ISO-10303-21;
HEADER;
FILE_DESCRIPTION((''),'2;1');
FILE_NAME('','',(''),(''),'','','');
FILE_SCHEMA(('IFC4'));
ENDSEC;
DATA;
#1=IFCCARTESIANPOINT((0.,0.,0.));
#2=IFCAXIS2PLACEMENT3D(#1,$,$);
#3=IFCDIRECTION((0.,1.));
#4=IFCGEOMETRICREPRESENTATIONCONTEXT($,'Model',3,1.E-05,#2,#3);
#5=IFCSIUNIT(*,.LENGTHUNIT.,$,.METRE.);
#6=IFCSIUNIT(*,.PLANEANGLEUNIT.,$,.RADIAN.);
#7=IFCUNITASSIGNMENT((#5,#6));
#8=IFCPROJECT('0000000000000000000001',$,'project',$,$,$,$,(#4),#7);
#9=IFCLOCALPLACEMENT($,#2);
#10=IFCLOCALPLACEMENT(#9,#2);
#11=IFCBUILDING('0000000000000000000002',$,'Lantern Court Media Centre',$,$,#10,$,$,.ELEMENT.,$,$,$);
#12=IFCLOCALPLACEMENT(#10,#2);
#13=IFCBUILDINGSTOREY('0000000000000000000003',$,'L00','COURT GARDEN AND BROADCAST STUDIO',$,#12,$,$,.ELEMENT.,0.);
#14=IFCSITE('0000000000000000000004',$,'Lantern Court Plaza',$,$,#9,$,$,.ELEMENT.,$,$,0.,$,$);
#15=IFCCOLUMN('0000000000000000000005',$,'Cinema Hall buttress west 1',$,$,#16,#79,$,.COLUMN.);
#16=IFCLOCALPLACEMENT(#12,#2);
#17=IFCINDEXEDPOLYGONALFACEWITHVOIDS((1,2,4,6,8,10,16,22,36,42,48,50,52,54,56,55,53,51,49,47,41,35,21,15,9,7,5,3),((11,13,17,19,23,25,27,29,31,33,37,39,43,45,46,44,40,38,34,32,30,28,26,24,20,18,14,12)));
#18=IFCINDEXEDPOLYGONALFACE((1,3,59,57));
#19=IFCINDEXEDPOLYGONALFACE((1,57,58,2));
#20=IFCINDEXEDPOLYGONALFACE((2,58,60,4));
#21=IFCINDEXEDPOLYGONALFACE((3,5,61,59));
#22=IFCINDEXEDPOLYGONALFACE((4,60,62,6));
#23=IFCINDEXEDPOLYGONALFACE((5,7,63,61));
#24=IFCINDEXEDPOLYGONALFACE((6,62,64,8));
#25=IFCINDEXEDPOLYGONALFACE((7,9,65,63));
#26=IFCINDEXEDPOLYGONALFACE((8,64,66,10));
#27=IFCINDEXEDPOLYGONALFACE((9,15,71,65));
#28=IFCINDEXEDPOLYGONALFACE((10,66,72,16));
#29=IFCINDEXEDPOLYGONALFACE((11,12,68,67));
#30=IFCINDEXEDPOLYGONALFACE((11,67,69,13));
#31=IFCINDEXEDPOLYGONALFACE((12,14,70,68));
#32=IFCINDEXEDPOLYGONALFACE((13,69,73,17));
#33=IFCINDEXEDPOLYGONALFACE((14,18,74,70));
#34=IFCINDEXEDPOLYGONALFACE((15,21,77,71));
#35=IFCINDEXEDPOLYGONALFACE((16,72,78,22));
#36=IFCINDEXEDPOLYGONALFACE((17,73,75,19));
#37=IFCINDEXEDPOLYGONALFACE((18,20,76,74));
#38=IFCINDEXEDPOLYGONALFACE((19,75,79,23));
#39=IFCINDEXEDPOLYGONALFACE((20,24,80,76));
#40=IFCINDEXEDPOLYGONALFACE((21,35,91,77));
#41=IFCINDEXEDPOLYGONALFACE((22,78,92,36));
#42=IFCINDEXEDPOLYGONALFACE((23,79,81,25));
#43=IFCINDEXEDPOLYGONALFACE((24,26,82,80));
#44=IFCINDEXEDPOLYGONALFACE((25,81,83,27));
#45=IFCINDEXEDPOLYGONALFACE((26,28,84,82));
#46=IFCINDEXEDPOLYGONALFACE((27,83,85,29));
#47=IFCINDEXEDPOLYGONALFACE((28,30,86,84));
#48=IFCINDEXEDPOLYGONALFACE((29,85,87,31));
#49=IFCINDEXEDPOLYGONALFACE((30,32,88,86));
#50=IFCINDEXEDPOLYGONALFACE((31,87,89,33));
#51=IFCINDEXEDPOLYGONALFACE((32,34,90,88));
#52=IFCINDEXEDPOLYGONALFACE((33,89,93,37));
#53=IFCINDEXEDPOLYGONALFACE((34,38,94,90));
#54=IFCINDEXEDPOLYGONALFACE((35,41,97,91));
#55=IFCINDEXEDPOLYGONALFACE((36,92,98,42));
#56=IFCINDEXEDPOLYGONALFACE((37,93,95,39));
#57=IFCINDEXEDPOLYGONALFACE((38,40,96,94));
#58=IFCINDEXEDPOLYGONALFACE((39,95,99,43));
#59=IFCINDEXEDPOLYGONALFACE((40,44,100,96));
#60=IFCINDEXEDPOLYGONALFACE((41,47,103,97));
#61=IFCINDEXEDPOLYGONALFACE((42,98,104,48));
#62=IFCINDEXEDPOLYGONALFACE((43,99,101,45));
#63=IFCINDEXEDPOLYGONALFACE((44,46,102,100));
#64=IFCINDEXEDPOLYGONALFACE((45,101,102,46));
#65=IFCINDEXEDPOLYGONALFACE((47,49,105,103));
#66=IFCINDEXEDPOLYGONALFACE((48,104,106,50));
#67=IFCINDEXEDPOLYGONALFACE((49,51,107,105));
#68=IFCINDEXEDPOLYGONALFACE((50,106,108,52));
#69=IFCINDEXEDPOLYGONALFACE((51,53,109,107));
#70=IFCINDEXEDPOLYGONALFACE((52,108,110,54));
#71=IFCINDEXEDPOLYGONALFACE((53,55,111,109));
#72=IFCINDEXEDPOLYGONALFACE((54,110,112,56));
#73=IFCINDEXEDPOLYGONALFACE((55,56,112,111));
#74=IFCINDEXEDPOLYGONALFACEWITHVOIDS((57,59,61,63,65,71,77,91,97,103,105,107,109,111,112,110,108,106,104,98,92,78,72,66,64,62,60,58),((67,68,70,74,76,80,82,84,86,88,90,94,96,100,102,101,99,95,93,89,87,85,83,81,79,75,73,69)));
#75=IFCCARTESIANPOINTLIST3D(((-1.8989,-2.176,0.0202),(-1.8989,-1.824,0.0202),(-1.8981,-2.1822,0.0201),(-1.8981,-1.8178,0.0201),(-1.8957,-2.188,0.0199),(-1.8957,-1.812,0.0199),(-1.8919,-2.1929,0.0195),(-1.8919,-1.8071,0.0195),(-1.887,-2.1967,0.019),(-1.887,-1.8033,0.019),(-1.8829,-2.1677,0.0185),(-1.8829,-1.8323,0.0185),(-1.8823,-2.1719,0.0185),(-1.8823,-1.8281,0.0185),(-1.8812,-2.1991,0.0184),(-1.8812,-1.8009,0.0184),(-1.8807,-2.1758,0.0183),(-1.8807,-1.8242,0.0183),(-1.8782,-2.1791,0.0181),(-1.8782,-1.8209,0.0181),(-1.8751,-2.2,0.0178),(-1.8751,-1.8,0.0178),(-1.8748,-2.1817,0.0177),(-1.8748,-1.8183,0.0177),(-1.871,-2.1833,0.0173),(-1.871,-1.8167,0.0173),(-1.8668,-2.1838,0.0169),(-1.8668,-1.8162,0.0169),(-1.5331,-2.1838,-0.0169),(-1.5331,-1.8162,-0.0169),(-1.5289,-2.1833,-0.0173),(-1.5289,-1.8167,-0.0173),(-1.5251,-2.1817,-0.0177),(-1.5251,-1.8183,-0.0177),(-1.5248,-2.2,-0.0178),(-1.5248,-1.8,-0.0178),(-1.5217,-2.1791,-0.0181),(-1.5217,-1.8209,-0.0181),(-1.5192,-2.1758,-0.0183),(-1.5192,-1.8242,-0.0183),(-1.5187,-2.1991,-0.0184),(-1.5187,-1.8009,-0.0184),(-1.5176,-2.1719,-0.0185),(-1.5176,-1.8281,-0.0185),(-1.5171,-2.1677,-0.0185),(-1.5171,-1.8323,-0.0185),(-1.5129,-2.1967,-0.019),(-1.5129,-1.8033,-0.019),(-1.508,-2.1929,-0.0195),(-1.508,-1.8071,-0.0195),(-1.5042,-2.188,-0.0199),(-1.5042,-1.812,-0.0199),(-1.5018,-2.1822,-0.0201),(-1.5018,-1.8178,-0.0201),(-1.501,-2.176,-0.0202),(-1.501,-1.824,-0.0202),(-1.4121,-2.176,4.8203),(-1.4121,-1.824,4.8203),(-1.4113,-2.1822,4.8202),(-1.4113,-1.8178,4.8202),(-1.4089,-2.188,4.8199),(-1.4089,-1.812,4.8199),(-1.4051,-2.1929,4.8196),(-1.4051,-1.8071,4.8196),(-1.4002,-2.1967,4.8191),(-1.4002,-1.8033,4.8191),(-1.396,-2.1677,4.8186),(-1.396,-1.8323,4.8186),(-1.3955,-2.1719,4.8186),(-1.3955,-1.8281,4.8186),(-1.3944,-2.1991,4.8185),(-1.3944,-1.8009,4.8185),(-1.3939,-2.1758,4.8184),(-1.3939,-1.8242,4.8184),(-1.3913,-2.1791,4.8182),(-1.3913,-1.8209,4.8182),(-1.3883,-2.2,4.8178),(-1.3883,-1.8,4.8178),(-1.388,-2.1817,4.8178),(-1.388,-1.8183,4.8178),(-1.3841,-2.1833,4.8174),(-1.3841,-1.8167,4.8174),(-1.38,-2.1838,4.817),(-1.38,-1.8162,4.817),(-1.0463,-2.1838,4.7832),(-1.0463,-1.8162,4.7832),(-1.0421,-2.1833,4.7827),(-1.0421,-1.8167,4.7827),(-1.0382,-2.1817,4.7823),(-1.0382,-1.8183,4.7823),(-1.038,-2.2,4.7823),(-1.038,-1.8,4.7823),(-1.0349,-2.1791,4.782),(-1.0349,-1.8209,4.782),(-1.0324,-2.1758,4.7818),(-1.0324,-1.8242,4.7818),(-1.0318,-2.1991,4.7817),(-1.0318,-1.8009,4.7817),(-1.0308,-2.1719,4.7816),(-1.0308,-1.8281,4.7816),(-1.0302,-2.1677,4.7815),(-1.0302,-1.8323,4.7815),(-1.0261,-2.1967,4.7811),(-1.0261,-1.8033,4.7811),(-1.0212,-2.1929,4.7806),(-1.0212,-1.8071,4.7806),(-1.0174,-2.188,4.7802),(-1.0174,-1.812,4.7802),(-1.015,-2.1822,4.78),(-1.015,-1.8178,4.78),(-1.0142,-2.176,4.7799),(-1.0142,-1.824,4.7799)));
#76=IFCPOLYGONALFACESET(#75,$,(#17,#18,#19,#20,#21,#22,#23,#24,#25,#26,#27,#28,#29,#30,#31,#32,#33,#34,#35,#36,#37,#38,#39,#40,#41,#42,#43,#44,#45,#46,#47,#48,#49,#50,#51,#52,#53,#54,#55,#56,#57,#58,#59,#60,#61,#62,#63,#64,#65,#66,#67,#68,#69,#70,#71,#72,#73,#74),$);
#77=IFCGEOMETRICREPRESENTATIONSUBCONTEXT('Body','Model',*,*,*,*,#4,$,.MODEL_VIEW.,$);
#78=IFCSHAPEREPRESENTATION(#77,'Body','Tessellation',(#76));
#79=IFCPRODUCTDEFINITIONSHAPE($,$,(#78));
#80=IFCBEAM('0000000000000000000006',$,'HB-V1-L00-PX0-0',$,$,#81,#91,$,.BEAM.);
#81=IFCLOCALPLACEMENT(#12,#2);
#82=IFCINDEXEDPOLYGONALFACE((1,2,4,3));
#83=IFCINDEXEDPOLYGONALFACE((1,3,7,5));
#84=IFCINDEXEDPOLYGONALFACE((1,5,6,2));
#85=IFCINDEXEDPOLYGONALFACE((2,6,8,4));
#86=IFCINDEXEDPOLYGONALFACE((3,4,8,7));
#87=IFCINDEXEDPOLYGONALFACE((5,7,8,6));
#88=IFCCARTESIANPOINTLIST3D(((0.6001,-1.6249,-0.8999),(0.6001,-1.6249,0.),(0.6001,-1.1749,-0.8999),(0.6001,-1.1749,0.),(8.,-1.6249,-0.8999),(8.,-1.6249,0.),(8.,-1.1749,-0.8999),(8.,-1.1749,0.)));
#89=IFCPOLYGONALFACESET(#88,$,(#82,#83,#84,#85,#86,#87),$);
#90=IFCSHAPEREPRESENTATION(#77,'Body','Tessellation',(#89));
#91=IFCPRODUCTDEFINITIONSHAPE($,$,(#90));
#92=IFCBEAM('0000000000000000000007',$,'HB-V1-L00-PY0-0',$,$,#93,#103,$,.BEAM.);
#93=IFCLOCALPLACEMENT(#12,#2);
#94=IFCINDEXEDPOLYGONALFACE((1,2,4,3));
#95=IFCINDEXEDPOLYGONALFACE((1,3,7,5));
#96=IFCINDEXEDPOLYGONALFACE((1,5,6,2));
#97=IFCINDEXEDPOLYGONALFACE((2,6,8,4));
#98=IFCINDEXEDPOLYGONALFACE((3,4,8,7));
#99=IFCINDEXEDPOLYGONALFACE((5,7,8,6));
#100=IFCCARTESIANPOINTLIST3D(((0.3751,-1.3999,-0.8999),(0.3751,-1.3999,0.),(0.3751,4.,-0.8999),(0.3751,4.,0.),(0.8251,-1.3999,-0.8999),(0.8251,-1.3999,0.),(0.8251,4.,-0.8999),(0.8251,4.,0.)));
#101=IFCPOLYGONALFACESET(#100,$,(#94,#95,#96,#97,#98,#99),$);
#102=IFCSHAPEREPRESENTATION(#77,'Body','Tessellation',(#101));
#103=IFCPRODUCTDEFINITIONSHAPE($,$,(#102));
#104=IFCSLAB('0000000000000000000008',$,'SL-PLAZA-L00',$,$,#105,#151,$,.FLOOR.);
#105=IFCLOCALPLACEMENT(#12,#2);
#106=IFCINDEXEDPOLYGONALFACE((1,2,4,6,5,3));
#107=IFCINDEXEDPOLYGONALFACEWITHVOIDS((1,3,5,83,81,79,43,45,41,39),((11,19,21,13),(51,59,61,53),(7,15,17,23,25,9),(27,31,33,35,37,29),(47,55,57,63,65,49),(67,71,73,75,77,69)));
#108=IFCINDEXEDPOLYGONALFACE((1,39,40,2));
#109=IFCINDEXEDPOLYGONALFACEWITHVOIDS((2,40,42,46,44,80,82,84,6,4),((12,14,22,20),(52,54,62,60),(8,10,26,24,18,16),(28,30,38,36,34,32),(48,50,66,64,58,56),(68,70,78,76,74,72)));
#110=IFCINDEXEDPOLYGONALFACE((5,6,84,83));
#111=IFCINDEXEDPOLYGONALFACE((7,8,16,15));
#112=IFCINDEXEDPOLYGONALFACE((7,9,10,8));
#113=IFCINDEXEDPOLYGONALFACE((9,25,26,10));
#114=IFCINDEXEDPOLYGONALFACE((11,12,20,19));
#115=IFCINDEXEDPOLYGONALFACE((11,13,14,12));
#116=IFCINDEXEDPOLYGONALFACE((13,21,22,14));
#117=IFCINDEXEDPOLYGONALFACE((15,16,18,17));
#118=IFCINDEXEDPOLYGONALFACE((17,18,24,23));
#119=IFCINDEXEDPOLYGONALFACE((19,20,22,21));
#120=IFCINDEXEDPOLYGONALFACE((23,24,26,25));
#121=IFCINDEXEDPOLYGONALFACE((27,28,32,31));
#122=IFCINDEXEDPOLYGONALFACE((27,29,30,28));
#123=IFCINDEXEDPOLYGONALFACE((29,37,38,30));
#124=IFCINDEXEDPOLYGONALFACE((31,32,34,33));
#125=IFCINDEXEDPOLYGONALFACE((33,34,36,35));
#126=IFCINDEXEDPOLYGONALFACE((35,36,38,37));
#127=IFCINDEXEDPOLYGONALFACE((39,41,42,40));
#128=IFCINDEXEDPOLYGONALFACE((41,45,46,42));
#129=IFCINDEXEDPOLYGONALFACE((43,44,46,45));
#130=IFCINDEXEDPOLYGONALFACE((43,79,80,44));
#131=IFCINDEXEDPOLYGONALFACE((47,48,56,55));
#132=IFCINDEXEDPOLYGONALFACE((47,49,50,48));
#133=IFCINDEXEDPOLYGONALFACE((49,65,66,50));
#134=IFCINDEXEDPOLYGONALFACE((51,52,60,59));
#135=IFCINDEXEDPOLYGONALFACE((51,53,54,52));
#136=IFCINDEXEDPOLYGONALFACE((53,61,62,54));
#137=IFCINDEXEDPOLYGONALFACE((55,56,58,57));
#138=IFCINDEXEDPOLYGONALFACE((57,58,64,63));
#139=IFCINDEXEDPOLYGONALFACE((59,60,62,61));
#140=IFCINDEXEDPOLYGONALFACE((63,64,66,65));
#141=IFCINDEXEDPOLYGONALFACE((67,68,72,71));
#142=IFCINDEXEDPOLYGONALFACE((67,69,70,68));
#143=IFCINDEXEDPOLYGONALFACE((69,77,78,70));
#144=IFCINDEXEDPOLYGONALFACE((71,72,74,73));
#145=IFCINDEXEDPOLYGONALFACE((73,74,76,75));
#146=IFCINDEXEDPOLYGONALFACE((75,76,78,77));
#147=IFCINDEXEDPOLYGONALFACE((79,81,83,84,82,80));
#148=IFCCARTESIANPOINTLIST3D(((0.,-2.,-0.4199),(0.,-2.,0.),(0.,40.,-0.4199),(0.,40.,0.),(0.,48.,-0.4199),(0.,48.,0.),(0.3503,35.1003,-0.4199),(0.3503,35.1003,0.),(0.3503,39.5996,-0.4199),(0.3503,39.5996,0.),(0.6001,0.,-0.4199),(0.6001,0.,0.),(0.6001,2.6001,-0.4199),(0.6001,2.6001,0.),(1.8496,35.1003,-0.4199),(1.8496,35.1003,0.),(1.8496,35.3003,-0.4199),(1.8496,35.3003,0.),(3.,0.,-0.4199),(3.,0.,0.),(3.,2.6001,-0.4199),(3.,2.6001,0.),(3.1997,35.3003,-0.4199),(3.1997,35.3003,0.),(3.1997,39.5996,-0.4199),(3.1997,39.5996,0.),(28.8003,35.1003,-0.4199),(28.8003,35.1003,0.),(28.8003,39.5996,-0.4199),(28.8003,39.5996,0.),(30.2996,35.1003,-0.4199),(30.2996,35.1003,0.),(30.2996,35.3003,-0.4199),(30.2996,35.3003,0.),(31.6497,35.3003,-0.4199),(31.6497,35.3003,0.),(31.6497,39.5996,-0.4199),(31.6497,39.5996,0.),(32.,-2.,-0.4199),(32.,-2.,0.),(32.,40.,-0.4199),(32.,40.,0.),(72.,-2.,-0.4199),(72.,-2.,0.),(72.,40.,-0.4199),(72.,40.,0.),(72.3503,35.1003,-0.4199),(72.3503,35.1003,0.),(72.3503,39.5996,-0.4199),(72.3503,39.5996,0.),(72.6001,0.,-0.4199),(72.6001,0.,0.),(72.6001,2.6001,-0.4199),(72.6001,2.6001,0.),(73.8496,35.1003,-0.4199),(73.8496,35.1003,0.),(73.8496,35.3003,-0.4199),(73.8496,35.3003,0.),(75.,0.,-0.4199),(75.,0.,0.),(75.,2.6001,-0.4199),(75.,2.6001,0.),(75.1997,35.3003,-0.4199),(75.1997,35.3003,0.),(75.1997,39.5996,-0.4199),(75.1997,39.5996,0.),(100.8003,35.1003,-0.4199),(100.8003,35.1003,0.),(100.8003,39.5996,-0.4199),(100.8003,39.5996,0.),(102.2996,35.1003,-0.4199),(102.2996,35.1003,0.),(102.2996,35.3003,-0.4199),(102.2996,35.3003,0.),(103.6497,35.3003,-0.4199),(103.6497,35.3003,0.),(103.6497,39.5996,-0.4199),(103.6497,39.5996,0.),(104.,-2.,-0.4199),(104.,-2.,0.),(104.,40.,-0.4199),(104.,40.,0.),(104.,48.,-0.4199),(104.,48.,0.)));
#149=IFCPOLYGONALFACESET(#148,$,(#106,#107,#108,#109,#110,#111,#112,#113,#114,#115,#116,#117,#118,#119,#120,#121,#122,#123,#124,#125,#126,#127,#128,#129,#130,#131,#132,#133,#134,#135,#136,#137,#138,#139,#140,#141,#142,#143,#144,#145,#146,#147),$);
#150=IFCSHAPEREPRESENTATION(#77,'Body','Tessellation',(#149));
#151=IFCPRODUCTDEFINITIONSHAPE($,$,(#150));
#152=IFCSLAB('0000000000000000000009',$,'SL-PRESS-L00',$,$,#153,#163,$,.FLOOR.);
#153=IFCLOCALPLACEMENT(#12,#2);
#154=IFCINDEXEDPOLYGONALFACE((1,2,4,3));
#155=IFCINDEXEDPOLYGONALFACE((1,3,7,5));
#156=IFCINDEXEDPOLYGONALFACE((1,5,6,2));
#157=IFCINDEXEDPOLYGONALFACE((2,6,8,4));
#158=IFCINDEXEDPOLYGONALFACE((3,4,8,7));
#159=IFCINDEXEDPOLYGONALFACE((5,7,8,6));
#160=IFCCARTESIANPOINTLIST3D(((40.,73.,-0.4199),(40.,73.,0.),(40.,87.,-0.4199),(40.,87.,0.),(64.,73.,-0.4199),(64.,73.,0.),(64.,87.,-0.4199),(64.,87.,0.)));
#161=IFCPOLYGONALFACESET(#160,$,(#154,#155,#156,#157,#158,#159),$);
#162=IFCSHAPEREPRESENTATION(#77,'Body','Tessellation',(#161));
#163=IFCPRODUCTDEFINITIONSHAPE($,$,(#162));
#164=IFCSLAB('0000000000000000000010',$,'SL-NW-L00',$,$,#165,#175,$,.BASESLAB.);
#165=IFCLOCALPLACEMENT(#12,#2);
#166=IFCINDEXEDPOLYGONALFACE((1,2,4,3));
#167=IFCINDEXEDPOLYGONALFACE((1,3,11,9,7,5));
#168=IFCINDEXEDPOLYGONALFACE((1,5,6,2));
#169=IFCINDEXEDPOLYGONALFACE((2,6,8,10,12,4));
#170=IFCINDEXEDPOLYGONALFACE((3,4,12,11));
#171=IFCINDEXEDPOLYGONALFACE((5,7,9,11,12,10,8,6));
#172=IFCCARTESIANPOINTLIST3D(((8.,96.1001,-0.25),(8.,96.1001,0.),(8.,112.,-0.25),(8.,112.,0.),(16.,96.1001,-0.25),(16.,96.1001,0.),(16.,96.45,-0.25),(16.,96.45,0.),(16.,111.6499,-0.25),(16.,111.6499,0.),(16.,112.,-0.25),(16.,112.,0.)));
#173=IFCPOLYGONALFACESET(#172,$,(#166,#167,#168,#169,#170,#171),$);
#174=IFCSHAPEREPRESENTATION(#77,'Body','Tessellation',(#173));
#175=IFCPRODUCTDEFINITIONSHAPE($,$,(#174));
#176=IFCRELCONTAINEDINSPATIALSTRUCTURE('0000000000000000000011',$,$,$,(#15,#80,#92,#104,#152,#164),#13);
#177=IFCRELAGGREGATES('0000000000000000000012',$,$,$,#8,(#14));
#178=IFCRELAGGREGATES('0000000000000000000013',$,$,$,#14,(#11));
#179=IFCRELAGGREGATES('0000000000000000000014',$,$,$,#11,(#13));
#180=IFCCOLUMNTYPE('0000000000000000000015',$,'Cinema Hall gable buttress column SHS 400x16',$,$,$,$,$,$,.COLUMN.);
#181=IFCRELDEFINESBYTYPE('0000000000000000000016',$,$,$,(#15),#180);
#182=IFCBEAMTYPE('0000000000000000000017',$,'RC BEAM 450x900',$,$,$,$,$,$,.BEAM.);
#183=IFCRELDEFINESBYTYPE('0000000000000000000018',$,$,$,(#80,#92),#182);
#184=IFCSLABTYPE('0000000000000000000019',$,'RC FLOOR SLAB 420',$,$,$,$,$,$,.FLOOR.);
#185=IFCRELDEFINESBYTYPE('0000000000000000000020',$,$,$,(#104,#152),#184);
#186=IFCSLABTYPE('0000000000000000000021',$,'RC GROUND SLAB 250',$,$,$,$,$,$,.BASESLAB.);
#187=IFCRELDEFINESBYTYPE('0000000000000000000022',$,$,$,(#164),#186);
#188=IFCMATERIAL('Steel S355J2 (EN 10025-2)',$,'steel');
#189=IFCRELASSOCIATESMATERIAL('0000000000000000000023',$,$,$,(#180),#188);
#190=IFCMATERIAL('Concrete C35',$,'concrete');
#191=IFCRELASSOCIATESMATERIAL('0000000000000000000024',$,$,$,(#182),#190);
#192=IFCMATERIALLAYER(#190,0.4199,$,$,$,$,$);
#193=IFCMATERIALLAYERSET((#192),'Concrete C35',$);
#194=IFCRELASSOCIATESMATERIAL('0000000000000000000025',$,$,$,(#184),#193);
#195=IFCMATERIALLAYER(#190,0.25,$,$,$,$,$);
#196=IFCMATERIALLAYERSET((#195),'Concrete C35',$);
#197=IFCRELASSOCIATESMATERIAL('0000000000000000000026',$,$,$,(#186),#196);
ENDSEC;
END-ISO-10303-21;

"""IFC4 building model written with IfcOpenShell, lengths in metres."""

from ifc_helpers import new_model, si_unit, direction, frame, origin, origin_2d, place, context, subcontext, project, spatial, polyline, rectangle, hollow_rectangle, outline, extrude, material, layer, layer_set, material_profile, profile_set, type_object, element, save


model = new_model("IFC4")

# Units and contexts
model_context = context("Model", 3, precision=1e-05, world=origin(), true_north=direction((0.0, 1.0)))
body_context = subcontext(model_context, "Body", "Model", "MODEL_VIEW")
ifc_project = project(units=[si_unit("LENGTHUNIT", "METRE"), si_unit("PLANEANGLEUNIT", "RADIAN")], contexts=[model_context])

# Site, building, storey
site_placement = place(None, origin())
site = spatial("IfcSite", under=ifc_project, at=site_placement, Name="Lantern Court Plaza", CompositionType="ELEMENT", RefElevation=0.0)
building_placement = place(site_placement, origin())
building = spatial("IfcBuilding", under=site, at=building_placement, Name="Lantern Court Media Centre", CompositionType="ELEMENT")
storey_placement = place(building_placement, origin())
storey = spatial("IfcBuildingStorey", under=building, at=storey_placement, Name="L00", Description="COURT GARDEN AND BROADCAST STUDIO", CompositionType="ELEMENT", Elevation=0.0)

# Column
ifc_material_1 = material(Name="Steel S355J2 (EN 10025-2)", Category="steel")
ifc_material_profile_1 = material_profile(ifc_material_1, hollow_rectangle(XDim=0.3999, YDim=0.3999, WallThickness=0.0161, InnerFilletRadius=0.0161, OuterFilletRadius=0.0239, at=origin_2d()), Name="Cinema Hall gable buttress column SHS 400x16")
ifc_profile_set_1 = profile_set([ifc_material_profile_1], Name="Steel S355J2 (EN 10025-2)")
column_type = type_object("IfcColumnType", Name="Cinema Hall gable buttress column SHS 400x16", PredefinedType="COLUMN", material=ifc_profile_set_1)
column_placement = place(storey_placement, frame((-1.7, -2.0, 0.0), z_axis=(0.100901, 0.0, 0.994896), x_axis=(0.0, 1.0, 0.0)))
element("IfcColumn", 1, at=column_placement, inside=storey, type_object=column_type, Name="Cinema Hall buttress west 1", PredefinedType="COLUMN", context=body_context, shape_type="SweptSolid", body=[
    extrude(hollow_rectangle(XDim=0.3999, YDim=0.3999, WallThickness=0.0161, InnerFilletRadius=0.0161, OuterFilletRadius=0.0239, at=origin_2d()), origin(), (0.0, 0.0, 1.0), 4.8247),
])

# Beams
ifc_material_2 = material(Name="Concrete C35", Category="concrete")
ifc_material_profile_2 = material_profile(ifc_material_2, rectangle(XDim=0.45, YDim=0.8999, at=origin_2d()), Name="RC 450x900")
ifc_profile_set_2 = profile_set([ifc_material_profile_2], Name="Concrete C35")
beam_type = type_object("IfcBeamType", Name="RC BEAM 450x900", PredefinedType="BEAM", material=ifc_profile_set_2)
beam_1_placement = place(storey_placement, frame((0.6001, -1.3999, -0.45), z_axis=(1.0, 0.0, 0.0), x_axis=(0.0, 1.0, 0.0)))
element("IfcBeam", 2, at=beam_1_placement, inside=storey, type_object=beam_type, Name="HB-V1-L00-PX0-0", PredefinedType="BEAM", context=body_context, shape_type="SweptSolid", body=[
    extrude(rectangle(XDim=0.45, YDim=0.8999, at=origin_2d()), origin(), (0.0, 0.0, 1.0), 7.3999),
])
beam_2_placement = place(storey_placement, frame((0.6001, -1.3999, -0.45), z_axis=(0.0, 1.0, 0.0), x_axis=(-1.0, 0.0, 0.0)))
element("IfcBeam", 3, at=beam_2_placement, inside=storey, type_object=beam_type, Name="HB-V1-L00-PY0-0", PredefinedType="BEAM", context=body_context, shape_type="SweptSolid", body=[
    extrude(rectangle(XDim=0.45, YDim=0.8999, at=origin_2d()), origin(), (0.0, 0.0, 1.0), 5.3999),
])

# Slabs
ifc_layer_1 = layer(ifc_material_2, 0.4199)
ifc_layer_set_1 = layer_set([ifc_layer_1], Name="Concrete C35")
slab_type_1 = type_object("IfcSlabType", Name="RC FLOOR SLAB 420", PredefinedType="FLOOR", material=ifc_layer_set_1)
slab_1_placement = place(storey_placement, frame((0.0, 0.0, -0.4199)))
element("IfcSlab", 4, at=slab_1_placement, inside=storey, type_object=slab_type_1, Name="SL-PLAZA-L00", PredefinedType="FLOOR", context=body_context, shape_type="SweptSolid", body=[
    extrude(outline(polyline([(0.0, -2.0), (0.0, 40.0), (0.0, 48.0), (104.0, 48.0), (104.0, 40.0), (104.0, -2.0), (72.0, -2.0), (72.0, 40.0), (32.0, 40.0), (32.0, -2.0), (0.0, -2.0)]), holes=[polyline([(0.6001, 2.6001), (0.6001, 0.0), (3.0, 0.0), (3.0, 2.6001), (0.6001, 2.6001)]), polyline([(75.0, 2.6001), (72.6001, 2.6001), (72.6001, 0.0), (75.0, 0.0), (75.0, 2.6001)]), polyline([(3.1997, 39.5996), (0.3503, 39.5996), (0.3503, 35.1003), (1.8496, 35.1003), (1.8496, 35.3003), (3.1997, 35.3003), (3.1997, 39.5996)]), polyline([(28.8003, 39.5996), (28.8003, 35.1003), (30.2996, 35.1003), (30.2996, 35.3003), (31.6497, 35.3003), (31.6497, 39.5996), (28.8003, 39.5996)]), polyline([(75.1997, 39.5996), (72.3503, 39.5996), (72.3503, 35.1003), (73.8496, 35.1003), (73.8496, 35.3003), (75.1997, 35.3003), (75.1997, 39.5996)]), polyline([(103.6497, 39.5996), (100.8003, 39.5996), (100.8003, 35.1003), (102.2996, 35.1003), (102.2996, 35.3003), (103.6497, 35.3003), (103.6497, 39.5996)])]), origin(), (0.0, 0.0, 1.0), 0.4199),
])
slab_2_placement = place(storey_placement, frame((0.0, 0.0, -0.4199)))
element("IfcSlab", 5, at=slab_2_placement, inside=storey, type_object=slab_type_1, Name="SL-PRESS-L00", PredefinedType="FLOOR", context=body_context, shape_type="SweptSolid", body=[
    extrude(outline(polyline([(64.0, 73.0), (64.0, 87.0), (40.0, 87.0), (40.0, 73.0), (64.0, 73.0)])), origin(), (0.0, 0.0, 1.0), 0.4199),
])
ifc_layer_2 = layer(ifc_material_2, 0.25)
ifc_layer_set_2 = layer_set([ifc_layer_2], Name="Concrete C35")
slab_type_2 = type_object("IfcSlabType", Name="RC GROUND SLAB 250", PredefinedType="BASESLAB", material=ifc_layer_set_2)
slab_3_placement = place(storey_placement, frame((0.0, 0.0, -0.25)))
element("IfcSlab", 6, at=slab_3_placement, inside=storey, type_object=slab_type_2, Name="SL-NW-L00", PredefinedType="BASESLAB", context=body_context, shape_type="SweptSolid", body=[
    extrude(outline(polyline([(8.0, 112.0), (16.0, 112.0), (16.0, 111.6499), (16.0, 96.45), (16.0, 96.1001), (8.0, 96.1001), (8.0, 112.0)])), origin(), (0.0, 0.0, 1.0), 0.25),
])

save(model, "model.ifc")
